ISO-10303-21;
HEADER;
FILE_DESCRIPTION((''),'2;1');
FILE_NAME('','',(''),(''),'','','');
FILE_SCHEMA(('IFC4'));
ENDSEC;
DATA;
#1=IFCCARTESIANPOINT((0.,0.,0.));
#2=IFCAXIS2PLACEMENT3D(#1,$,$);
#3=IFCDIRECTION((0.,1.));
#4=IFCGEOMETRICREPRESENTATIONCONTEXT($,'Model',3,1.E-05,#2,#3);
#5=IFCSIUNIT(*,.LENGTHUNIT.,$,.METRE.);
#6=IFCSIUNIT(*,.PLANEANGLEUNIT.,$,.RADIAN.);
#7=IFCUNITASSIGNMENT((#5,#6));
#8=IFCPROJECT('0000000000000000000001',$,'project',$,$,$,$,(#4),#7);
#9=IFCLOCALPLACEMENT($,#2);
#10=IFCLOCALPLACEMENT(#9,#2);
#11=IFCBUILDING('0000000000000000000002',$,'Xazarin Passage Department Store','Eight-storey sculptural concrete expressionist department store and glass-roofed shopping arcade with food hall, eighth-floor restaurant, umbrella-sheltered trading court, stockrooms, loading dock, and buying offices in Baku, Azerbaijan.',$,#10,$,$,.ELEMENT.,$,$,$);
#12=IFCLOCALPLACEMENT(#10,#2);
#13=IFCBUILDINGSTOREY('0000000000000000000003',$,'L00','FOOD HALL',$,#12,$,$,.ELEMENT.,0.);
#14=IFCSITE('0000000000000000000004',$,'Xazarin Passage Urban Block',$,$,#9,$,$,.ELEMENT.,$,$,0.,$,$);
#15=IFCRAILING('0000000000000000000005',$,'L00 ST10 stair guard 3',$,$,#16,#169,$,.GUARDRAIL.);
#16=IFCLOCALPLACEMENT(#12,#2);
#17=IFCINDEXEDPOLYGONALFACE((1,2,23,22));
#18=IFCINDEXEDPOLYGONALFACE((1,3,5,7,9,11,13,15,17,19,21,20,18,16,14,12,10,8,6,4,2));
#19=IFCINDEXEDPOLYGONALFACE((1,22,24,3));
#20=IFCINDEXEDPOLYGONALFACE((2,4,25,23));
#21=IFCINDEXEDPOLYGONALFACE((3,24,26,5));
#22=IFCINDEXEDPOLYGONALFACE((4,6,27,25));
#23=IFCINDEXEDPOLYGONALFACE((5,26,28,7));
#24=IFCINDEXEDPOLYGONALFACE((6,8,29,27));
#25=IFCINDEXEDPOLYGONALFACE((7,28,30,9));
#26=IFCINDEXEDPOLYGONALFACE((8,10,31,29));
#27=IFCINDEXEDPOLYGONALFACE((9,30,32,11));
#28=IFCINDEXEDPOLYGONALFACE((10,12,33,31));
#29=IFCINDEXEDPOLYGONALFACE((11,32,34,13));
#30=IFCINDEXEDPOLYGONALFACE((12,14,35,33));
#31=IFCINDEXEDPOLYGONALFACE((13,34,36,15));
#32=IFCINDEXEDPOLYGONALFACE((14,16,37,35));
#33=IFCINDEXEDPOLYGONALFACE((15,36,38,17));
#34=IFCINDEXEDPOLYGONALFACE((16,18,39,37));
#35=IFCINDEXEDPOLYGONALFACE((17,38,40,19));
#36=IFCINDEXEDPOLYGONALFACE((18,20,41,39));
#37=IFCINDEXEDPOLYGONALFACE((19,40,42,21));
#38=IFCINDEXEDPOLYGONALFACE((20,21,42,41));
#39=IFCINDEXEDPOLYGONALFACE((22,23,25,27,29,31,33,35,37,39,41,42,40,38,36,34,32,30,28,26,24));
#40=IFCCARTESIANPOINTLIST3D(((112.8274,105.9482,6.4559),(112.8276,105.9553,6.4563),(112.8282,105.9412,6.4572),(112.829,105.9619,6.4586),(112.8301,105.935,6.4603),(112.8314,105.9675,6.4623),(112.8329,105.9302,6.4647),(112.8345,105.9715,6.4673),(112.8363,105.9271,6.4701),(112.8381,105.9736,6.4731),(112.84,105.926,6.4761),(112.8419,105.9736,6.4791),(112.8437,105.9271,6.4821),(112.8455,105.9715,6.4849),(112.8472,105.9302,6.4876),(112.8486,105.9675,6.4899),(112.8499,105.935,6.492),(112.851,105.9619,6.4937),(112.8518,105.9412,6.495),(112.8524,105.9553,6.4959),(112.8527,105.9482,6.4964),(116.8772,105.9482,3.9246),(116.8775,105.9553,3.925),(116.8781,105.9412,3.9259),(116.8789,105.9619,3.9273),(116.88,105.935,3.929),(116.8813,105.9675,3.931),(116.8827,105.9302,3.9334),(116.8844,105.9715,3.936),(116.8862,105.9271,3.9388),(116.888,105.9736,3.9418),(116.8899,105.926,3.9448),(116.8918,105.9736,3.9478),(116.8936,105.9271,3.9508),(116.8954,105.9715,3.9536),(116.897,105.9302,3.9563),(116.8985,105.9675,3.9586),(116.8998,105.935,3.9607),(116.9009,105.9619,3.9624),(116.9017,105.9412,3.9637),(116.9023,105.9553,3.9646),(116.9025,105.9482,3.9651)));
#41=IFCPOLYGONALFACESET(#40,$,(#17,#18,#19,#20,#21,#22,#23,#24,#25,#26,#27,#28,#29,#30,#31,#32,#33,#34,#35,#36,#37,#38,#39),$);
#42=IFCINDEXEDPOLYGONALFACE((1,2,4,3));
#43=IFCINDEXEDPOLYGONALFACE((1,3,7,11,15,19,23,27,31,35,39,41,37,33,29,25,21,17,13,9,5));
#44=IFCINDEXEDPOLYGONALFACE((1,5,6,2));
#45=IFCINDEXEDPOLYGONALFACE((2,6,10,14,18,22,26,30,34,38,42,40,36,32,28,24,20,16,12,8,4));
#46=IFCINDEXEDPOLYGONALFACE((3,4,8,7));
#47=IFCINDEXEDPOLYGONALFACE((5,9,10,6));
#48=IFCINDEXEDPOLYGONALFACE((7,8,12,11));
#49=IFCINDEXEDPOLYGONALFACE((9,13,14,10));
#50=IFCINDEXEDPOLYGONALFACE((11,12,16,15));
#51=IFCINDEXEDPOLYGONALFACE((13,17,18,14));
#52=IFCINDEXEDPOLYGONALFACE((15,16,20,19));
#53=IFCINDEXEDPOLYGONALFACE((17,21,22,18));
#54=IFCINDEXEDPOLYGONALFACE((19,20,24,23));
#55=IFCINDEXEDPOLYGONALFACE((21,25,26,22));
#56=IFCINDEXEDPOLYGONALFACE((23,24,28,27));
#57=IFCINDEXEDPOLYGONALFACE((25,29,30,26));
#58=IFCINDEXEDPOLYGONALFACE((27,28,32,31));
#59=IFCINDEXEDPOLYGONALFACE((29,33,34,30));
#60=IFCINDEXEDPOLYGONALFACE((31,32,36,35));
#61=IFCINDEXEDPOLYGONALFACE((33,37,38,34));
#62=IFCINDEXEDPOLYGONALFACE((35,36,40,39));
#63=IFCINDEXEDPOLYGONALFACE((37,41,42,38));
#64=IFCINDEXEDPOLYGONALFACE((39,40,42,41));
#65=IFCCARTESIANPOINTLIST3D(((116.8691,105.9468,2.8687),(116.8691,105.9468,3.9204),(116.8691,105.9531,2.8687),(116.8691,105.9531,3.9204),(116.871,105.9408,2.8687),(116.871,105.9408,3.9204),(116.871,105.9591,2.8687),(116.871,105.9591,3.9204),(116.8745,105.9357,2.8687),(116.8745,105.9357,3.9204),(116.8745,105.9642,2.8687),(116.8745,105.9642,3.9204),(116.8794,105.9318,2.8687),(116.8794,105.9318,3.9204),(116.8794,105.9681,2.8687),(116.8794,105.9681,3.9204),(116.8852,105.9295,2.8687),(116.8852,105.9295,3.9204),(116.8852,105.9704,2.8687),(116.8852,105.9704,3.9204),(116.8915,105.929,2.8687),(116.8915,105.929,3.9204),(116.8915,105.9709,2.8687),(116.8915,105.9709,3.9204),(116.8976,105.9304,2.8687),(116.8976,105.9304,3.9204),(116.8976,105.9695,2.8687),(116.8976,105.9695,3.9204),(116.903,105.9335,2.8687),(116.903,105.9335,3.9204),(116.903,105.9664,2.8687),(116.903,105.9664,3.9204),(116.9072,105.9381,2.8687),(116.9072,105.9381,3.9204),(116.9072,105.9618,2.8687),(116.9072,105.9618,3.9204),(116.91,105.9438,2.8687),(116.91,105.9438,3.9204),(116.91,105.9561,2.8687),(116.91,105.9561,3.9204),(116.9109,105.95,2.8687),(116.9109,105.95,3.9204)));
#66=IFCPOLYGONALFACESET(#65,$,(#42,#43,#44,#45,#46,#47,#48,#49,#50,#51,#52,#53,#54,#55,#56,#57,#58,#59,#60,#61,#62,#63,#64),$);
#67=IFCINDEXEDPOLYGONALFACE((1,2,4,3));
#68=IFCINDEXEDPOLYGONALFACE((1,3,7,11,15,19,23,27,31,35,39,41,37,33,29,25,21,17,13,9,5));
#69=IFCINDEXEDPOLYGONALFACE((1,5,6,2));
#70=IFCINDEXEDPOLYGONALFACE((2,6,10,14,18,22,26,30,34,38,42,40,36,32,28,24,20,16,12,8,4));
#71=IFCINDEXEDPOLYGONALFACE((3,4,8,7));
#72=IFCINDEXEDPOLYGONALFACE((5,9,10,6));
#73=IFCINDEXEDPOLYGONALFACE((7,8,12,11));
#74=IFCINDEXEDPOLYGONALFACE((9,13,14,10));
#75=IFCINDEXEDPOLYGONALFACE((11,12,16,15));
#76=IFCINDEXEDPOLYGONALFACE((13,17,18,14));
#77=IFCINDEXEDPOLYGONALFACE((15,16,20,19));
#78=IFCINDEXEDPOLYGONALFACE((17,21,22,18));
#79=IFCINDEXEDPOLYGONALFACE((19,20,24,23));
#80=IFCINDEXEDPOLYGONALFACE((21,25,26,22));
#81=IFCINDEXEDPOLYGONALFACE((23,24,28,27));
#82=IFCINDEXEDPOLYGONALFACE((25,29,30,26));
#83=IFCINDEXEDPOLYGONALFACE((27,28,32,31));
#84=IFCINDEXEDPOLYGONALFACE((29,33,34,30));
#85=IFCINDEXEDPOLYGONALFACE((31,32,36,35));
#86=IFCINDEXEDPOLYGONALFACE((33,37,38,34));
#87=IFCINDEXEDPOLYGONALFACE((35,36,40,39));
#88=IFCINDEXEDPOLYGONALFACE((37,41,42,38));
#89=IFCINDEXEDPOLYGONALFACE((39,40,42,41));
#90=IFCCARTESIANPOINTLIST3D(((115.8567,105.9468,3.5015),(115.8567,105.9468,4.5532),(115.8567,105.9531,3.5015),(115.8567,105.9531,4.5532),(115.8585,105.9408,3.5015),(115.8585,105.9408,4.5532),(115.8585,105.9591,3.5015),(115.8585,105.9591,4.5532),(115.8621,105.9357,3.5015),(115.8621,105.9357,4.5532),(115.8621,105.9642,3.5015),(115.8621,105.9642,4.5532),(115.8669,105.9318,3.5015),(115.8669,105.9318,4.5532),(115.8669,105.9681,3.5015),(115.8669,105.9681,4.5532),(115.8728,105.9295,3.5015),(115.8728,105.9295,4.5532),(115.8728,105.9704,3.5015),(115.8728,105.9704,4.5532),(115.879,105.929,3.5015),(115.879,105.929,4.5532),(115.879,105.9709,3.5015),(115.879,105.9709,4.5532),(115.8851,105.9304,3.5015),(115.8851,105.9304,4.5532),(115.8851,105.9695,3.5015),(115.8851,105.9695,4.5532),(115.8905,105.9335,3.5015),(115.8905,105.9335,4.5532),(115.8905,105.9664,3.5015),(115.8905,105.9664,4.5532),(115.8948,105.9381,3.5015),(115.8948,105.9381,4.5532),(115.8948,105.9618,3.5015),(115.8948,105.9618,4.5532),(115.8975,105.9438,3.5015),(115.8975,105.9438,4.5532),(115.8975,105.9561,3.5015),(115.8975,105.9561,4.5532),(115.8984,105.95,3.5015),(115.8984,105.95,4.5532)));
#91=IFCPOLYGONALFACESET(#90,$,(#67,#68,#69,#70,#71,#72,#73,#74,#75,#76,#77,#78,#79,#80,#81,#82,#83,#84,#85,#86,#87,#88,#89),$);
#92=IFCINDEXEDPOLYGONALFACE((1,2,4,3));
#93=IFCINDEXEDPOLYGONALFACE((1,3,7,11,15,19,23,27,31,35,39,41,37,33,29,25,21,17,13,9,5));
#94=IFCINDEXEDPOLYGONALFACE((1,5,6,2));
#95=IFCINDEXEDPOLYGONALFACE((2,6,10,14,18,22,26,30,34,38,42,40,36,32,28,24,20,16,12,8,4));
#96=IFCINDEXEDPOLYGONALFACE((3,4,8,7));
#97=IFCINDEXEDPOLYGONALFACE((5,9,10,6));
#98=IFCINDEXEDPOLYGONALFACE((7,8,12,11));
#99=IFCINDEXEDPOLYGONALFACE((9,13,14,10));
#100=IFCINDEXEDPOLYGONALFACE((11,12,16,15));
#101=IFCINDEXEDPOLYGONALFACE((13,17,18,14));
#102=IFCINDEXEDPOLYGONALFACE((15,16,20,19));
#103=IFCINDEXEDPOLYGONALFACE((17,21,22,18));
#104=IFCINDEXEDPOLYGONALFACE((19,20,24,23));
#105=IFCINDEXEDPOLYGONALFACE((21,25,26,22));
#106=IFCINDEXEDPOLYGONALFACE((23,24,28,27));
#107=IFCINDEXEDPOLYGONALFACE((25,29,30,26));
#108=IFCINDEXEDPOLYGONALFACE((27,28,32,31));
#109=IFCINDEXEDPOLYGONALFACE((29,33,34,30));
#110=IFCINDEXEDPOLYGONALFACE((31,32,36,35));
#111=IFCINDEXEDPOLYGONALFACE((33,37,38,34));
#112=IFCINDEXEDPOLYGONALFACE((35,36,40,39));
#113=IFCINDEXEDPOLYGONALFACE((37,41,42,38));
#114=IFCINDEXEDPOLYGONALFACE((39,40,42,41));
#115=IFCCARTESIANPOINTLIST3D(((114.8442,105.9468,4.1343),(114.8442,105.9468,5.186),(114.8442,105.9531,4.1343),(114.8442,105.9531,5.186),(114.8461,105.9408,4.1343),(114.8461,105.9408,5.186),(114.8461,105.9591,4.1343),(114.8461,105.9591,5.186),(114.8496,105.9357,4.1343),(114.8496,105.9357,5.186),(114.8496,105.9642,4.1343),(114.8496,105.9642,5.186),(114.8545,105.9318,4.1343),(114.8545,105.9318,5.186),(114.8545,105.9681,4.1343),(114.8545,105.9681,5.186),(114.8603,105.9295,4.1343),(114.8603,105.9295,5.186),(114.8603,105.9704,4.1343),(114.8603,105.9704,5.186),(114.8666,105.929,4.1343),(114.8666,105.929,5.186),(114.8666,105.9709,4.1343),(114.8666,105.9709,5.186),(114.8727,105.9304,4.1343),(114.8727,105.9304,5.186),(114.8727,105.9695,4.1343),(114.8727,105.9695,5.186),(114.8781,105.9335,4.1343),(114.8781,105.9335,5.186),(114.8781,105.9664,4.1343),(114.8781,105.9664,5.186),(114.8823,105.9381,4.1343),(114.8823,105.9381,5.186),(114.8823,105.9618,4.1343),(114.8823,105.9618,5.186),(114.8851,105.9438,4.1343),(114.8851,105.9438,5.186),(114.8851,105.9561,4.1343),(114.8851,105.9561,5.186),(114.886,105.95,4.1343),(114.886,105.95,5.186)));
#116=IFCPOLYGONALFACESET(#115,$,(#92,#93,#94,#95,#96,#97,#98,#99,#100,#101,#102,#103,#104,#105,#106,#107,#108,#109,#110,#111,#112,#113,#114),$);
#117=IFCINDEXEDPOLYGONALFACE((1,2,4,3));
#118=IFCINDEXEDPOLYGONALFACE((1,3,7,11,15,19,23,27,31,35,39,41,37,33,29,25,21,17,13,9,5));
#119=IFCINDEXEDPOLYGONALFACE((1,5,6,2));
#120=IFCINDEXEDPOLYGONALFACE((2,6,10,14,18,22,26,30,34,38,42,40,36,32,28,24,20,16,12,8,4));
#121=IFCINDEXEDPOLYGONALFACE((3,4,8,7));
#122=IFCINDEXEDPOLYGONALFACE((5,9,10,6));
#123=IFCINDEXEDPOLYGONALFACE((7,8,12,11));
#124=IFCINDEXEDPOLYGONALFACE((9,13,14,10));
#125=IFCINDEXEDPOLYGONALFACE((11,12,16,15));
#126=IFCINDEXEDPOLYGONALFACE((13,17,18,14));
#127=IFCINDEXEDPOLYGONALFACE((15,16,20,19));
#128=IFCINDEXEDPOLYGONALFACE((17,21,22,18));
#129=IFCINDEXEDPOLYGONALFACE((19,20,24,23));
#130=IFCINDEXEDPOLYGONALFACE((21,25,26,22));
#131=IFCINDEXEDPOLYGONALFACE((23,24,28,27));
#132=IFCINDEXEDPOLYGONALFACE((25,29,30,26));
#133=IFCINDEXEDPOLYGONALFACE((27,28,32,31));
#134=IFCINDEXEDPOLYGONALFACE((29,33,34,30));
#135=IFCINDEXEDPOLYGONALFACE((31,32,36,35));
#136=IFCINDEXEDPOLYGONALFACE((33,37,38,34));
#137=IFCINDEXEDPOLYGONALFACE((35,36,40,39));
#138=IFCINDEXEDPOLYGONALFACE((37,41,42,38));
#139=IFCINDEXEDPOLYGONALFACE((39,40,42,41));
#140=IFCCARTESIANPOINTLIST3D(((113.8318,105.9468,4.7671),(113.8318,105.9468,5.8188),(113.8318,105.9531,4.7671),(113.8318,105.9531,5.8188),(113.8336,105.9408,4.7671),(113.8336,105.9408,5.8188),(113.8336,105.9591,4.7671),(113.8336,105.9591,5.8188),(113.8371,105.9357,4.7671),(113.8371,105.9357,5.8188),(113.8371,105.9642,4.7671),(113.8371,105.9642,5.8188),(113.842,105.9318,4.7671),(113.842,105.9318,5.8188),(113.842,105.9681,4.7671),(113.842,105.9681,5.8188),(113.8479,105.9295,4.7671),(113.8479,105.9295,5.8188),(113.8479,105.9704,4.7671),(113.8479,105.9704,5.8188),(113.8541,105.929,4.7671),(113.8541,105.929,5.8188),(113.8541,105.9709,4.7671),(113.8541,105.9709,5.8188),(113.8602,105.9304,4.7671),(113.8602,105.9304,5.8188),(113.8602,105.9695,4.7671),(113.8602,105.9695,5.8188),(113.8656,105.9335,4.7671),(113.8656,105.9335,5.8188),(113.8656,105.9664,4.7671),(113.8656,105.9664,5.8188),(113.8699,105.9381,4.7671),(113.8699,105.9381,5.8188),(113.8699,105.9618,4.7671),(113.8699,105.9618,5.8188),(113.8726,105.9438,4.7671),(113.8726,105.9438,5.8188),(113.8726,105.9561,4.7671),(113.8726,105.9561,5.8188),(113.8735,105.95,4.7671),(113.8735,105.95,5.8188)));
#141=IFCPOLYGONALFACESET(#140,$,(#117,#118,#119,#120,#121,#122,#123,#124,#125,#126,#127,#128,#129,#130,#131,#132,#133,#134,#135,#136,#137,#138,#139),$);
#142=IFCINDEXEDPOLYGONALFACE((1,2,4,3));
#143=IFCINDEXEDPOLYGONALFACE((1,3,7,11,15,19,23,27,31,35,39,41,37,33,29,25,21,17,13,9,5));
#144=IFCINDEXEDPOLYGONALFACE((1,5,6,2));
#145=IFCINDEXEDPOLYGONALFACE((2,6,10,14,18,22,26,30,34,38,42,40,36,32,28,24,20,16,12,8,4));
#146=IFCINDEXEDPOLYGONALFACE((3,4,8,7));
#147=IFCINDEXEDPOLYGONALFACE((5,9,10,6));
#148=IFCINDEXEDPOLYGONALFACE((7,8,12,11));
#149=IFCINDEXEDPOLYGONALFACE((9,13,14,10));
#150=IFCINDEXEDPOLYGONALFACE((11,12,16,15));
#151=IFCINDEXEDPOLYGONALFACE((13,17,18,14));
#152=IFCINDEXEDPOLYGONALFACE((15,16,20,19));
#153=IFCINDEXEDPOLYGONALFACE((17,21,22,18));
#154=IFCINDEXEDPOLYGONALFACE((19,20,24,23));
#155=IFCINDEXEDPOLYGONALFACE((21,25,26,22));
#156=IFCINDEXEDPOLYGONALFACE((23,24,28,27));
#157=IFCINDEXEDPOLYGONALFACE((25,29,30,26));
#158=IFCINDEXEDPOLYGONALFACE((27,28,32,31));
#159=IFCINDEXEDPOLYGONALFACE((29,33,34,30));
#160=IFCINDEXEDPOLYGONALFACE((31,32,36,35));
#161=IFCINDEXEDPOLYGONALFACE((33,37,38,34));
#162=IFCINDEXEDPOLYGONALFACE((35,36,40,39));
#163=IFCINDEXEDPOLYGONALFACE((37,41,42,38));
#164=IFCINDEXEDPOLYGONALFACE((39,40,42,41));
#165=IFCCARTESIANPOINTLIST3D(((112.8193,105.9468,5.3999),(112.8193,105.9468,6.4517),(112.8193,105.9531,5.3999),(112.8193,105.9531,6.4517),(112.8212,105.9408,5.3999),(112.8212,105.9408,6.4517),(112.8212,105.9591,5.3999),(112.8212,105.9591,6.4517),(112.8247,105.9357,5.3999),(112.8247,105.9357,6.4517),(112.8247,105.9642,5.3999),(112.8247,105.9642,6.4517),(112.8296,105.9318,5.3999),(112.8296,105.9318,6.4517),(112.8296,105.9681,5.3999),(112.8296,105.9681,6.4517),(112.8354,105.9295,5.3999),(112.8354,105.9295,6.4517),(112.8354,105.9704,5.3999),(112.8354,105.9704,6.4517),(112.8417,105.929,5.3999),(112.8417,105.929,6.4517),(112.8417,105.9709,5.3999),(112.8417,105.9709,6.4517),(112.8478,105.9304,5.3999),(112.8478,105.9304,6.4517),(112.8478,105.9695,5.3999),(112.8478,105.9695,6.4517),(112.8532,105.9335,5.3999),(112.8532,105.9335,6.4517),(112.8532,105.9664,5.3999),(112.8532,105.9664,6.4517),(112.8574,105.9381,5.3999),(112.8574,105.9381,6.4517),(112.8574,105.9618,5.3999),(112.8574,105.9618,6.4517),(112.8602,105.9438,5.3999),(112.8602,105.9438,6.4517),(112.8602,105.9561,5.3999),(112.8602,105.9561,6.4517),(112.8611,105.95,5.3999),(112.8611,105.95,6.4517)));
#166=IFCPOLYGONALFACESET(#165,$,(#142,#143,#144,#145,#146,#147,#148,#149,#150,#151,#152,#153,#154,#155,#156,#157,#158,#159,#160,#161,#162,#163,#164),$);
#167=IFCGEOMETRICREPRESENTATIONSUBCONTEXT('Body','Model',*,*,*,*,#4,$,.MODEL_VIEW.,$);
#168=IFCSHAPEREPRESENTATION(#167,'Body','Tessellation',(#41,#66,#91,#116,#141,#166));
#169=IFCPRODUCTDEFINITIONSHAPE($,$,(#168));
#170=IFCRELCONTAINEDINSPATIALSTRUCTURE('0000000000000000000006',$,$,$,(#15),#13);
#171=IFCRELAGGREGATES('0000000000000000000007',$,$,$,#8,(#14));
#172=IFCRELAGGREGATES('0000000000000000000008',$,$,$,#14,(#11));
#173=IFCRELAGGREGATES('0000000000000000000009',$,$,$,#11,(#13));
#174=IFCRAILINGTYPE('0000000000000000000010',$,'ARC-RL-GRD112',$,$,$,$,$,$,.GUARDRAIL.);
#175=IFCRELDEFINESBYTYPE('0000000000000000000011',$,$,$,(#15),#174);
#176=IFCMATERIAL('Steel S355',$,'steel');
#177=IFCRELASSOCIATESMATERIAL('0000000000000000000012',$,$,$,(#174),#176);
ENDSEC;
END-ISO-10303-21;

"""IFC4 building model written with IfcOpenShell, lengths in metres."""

from ifc_helpers import new_model, si_unit, direction, frame, origin, origin_2d, place, context, subcontext, project, spatial, circle, extrude, material, type_object, element, save


model = new_model("IFC4")

# Units and contexts
model_context = context("Model", 3, precision=1e-05, world=origin(), true_north=direction((0.0, 1.0)))
body_context = subcontext(model_context, "Body", "Model", "MODEL_VIEW")
ifc_project = project(units=[si_unit("LENGTHUNIT", "METRE"), si_unit("PLANEANGLEUNIT", "RADIAN")], contexts=[model_context])

# Site, building, storey
site_placement = place(None, origin())
site = spatial("IfcSite", under=ifc_project, at=site_placement, Name="Xazarin Passage Urban Block", CompositionType="ELEMENT", RefElevation=0.0)
building_placement = place(site_placement, origin())
building = spatial("IfcBuilding", under=site, at=building_placement, Name="Xazarin Passage Department Store", Description="Eight-storey sculptural concrete expressionist department store and glass-roofed shopping arcade with food hall, eighth-floor restaurant, umbrella-sheltered trading court, stockrooms, loading dock, and buying offices in Baku, Azerbaijan.", CompositionType="ELEMENT")
storey_placement = place(building_placement, origin())
storey = spatial("IfcBuildingStorey", under=building, at=storey_placement, Name="L00", Description="FOOD HALL", CompositionType="ELEMENT", Elevation=0.0)

# Railing
ifc_material_1 = material(Name="Steel S355", Category="steel")
railing_type_1 = type_object("IfcRailingType", Name="ARC-RL-GRD112", PredefinedType="GUARDRAIL", material=ifc_material_1)
railing_1_placement = place(storey_placement, frame((116.8899, 105.95, 2.8687)))
element("IfcRailing", 1, at=railing_1_placement, inside=storey, type_object=railing_type_1, Name="L00 ST10 stair guard 3", PredefinedType="GUARDRAIL", context=body_context, shape_type="SweptSolid", body=[
    extrude(circle(Radius=0.0239, at=origin_2d()), frame((0.0, 0.0, 1.0762), z_axis=(-0.847987, 0.0, 0.530017), x_axis=(0.0, -1.0, 0.0)), (0.0, 0.0, 1.0), 4.7759),
    extrude(circle(Radius=0.021, at=origin_2d()), origin(), (0.0, 0.0, 1.0), 1.0518),
    extrude(circle(Radius=0.021, at=origin_2d()), frame((-1.0125, 0.0, 0.6328)), (0.0, 0.0, 1.0), 1.0518),
    extrude(circle(Radius=0.021, at=origin_2d()), frame((-2.0249, 0.0, 1.2656)), (0.0, 0.0, 1.0), 1.0518),
    extrude(circle(Radius=0.021, at=origin_2d()), frame((-3.0374, 0.0, 1.8984)), (0.0, 0.0, 1.0), 1.0518),
    extrude(circle(Radius=0.021, at=origin_2d()), frame((-4.0498, 0.0, 2.5312)), (0.0, 0.0, 1.0), 1.0518),
])

save(model, "model.ifc")
